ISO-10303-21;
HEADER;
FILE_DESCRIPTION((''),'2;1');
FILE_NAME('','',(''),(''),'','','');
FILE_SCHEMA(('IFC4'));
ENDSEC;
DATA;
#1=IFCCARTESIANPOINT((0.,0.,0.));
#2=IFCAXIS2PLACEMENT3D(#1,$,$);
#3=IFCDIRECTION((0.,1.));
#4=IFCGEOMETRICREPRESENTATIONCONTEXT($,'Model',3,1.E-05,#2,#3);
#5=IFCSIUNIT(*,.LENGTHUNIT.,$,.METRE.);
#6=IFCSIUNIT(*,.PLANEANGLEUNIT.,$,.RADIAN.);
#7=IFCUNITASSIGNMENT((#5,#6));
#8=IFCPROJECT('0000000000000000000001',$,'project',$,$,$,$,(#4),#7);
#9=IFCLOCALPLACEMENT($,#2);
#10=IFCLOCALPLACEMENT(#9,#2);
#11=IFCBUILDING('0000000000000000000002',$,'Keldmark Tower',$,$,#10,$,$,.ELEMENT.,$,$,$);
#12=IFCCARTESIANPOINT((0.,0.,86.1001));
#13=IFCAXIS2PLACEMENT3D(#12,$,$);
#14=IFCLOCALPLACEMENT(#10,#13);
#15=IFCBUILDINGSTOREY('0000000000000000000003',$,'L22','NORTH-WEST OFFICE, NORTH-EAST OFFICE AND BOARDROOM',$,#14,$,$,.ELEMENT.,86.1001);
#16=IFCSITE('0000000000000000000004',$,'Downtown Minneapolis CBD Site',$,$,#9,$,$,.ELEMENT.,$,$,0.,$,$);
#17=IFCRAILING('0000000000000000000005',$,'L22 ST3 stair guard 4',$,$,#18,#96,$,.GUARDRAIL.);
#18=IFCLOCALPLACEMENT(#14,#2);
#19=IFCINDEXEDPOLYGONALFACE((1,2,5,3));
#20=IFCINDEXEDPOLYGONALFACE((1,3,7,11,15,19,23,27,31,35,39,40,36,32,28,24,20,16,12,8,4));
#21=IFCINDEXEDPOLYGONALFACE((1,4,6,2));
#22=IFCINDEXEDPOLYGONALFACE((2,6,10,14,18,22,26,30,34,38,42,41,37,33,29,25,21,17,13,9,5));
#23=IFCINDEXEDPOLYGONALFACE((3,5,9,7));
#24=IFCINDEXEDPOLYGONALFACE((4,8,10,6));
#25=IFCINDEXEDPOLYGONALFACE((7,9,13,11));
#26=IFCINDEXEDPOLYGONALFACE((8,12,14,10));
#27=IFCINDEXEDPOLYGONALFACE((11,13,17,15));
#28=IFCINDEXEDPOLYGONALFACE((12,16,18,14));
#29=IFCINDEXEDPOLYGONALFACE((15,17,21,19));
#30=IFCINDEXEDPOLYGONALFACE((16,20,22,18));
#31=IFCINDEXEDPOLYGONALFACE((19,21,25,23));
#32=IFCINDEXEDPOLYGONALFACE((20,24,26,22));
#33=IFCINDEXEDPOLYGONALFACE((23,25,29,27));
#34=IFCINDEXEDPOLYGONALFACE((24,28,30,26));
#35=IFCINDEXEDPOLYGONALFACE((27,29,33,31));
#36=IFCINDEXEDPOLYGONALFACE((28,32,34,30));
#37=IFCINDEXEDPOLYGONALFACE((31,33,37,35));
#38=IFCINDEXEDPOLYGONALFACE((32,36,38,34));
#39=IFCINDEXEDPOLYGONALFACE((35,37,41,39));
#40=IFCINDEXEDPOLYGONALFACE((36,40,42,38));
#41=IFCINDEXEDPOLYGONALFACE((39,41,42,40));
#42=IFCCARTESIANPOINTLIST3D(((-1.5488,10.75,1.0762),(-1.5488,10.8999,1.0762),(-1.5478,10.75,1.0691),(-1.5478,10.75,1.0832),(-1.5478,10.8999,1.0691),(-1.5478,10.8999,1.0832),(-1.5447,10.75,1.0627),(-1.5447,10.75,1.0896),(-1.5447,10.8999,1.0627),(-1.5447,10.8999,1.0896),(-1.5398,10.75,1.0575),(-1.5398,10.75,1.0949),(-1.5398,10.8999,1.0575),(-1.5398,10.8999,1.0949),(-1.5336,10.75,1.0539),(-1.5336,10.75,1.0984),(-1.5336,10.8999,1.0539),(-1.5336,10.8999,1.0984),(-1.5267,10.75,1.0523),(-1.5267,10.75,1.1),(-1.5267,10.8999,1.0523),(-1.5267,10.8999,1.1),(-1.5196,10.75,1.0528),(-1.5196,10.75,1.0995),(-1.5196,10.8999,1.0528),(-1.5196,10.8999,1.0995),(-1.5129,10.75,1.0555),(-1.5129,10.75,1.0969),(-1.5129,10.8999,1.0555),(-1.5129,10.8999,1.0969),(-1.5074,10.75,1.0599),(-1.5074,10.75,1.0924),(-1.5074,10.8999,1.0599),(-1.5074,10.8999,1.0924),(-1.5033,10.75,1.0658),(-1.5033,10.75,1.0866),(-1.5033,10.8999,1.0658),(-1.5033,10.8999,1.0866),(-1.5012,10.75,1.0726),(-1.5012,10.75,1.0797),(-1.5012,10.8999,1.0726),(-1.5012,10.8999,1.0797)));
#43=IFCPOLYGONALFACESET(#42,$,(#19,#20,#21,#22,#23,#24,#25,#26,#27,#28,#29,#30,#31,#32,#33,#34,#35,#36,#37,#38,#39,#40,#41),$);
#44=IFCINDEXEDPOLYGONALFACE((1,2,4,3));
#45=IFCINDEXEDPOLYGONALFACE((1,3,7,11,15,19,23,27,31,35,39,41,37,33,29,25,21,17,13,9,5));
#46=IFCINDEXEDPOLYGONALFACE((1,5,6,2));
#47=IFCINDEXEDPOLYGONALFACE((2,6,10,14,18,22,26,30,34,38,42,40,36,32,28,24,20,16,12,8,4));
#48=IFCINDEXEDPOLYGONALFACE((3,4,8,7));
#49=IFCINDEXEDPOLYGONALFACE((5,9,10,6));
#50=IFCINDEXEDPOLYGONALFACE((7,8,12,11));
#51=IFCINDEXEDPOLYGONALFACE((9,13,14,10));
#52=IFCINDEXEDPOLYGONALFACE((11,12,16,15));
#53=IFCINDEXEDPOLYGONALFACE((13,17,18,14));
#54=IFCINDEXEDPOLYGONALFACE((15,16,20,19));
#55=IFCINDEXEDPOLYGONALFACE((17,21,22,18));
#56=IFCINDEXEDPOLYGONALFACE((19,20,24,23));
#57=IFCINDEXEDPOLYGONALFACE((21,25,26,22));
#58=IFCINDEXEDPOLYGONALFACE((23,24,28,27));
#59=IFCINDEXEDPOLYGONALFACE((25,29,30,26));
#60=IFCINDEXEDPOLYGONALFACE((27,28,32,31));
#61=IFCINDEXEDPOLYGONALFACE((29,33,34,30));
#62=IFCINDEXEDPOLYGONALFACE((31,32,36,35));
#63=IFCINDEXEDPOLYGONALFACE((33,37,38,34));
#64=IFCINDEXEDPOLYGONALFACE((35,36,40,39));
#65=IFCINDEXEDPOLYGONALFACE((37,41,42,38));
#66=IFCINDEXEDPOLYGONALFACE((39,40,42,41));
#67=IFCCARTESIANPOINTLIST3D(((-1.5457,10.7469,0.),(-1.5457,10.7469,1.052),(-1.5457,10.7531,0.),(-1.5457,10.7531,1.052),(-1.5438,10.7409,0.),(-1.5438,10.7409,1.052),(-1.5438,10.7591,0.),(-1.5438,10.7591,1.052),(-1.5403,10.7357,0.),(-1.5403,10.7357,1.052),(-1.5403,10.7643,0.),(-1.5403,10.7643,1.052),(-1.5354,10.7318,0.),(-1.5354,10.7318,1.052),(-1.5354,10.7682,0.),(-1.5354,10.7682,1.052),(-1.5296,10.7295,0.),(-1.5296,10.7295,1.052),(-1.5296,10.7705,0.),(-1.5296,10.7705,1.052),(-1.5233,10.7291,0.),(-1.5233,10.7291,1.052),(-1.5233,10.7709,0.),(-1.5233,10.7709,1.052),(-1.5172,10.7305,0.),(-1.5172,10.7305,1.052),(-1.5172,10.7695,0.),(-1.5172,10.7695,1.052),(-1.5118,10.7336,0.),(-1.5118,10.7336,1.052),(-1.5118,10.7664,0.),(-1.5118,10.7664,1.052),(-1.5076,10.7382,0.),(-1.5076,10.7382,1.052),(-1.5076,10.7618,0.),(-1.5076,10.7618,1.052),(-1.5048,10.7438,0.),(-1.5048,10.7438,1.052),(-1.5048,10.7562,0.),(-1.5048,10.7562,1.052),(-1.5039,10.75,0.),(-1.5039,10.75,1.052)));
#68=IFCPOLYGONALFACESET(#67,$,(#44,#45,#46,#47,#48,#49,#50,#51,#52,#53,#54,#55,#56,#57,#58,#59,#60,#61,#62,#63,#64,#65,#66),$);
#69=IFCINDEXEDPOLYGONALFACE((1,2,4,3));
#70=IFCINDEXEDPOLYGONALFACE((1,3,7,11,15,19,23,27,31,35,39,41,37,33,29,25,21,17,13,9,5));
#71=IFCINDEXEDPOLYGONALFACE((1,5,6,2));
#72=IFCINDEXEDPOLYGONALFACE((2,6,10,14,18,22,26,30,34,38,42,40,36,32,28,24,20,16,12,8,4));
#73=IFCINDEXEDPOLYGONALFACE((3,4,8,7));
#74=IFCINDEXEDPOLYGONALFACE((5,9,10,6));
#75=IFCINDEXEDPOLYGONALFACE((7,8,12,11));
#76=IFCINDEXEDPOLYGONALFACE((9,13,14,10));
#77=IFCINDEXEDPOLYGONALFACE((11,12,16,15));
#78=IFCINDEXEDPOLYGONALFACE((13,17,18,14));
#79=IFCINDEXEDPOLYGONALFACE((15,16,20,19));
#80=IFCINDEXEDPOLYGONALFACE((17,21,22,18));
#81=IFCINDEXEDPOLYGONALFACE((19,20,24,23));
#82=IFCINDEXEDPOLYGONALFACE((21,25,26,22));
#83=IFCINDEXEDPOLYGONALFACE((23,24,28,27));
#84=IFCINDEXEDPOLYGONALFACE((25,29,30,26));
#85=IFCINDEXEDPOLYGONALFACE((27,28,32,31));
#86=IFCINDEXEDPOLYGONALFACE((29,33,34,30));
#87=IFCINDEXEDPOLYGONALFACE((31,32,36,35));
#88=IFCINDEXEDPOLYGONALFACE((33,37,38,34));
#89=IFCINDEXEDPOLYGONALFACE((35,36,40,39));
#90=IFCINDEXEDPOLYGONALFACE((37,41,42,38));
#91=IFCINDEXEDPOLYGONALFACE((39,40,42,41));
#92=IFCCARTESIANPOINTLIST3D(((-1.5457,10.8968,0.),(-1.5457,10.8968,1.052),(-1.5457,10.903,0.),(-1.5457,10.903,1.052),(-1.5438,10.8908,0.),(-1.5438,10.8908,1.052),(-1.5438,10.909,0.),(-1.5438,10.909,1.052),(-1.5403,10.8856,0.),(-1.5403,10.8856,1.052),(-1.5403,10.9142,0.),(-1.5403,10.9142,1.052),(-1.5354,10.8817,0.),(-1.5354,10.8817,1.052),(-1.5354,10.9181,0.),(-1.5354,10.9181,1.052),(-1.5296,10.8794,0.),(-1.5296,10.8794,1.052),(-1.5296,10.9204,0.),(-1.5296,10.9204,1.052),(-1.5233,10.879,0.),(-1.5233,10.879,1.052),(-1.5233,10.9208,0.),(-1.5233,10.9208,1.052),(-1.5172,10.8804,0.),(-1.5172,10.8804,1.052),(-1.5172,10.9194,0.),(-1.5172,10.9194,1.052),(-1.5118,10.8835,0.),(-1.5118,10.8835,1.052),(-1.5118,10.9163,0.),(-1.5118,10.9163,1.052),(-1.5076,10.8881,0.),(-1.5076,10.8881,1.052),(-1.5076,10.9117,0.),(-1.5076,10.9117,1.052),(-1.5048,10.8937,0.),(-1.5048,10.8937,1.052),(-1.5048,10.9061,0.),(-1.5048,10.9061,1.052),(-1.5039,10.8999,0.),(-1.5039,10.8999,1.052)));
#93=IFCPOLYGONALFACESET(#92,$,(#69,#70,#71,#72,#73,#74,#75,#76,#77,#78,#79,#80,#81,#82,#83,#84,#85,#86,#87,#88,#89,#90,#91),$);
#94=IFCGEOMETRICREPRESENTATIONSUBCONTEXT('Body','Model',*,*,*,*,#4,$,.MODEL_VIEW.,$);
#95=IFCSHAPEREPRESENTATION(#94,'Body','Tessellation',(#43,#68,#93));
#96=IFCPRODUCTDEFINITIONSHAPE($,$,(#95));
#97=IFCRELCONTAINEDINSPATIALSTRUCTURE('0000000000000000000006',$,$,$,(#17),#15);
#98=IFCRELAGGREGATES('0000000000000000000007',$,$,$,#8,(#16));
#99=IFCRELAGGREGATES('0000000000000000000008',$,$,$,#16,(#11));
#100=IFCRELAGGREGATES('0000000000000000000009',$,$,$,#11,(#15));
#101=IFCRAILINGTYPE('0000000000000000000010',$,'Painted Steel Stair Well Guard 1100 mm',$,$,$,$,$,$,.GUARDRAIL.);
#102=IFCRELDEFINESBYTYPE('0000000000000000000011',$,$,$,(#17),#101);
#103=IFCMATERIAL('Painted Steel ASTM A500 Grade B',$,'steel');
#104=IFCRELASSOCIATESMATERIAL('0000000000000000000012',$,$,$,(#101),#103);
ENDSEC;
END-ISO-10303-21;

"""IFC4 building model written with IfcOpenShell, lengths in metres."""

from ifc_helpers import new_model, si_unit, direction, frame, origin, origin_2d, place, context, subcontext, project, spatial, circle, extrude, material, type_object, element, save


model = new_model("IFC4")

# Units and contexts
model_context = context("Model", 3, precision=1e-05, world=origin(), true_north=direction((0.0, 1.0)))
body_context = subcontext(model_context, "Body", "Model", "MODEL_VIEW")
ifc_project = project(units=[si_unit("LENGTHUNIT", "METRE"), si_unit("PLANEANGLEUNIT", "RADIAN")], contexts=[model_context])

# Site, building, storey
site_placement = place(None, origin())
site = spatial("IfcSite", under=ifc_project, at=site_placement, Name="Downtown Minneapolis CBD Site", CompositionType="ELEMENT", RefElevation=0.0)
building_placement = place(site_placement, origin())
building = spatial("IfcBuilding", under=site, at=building_placement, Name="Keldmark Tower", CompositionType="ELEMENT")
storey_placement = place(building_placement, frame((0.0, 0.0, 86.1001)))
storey = spatial("IfcBuildingStorey", under=building, at=storey_placement, Name="L22", Description="NORTH-WEST OFFICE, NORTH-EAST OFFICE AND BOARDROOM", CompositionType="ELEMENT", Elevation=86.1001)

# Railing
ifc_material_1 = material(Name="Painted Steel ASTM A500 Grade B", Category="steel")
railing_type_1 = type_object("IfcRailingType", Name="Painted Steel Stair Well Guard 1100 mm", PredefinedType="GUARDRAIL", material=ifc_material_1)
railing_1_placement = place(storey_placement, frame((-1.5249, 10.75, 0.0)))
element("IfcRailing", 1, at=railing_1_placement, inside=storey, type_object=railing_type_1, Name="L22 ST3 stair guard 4", PredefinedType="GUARDRAIL", context=body_context, shape_type="SweptSolid", body=[
    extrude(circle(Radius=0.0239, at=origin_2d()), frame((0.0, 0.0, 1.0762), z_axis=(0.0, 1.0, 0.0), x_axis=(-1.0, 0.0, 0.0)), (0.0, 0.0, 1.0), 0.1499),
    extrude(circle(Radius=0.021, at=origin_2d()), origin(), (0.0, 0.0, 1.0), 1.052),
    extrude(circle(Radius=0.021, at=origin_2d()), frame((0.0, 0.1499, 0.0)), (0.0, 0.0, 1.0), 1.052),
])

save(model, "model.ifc")
